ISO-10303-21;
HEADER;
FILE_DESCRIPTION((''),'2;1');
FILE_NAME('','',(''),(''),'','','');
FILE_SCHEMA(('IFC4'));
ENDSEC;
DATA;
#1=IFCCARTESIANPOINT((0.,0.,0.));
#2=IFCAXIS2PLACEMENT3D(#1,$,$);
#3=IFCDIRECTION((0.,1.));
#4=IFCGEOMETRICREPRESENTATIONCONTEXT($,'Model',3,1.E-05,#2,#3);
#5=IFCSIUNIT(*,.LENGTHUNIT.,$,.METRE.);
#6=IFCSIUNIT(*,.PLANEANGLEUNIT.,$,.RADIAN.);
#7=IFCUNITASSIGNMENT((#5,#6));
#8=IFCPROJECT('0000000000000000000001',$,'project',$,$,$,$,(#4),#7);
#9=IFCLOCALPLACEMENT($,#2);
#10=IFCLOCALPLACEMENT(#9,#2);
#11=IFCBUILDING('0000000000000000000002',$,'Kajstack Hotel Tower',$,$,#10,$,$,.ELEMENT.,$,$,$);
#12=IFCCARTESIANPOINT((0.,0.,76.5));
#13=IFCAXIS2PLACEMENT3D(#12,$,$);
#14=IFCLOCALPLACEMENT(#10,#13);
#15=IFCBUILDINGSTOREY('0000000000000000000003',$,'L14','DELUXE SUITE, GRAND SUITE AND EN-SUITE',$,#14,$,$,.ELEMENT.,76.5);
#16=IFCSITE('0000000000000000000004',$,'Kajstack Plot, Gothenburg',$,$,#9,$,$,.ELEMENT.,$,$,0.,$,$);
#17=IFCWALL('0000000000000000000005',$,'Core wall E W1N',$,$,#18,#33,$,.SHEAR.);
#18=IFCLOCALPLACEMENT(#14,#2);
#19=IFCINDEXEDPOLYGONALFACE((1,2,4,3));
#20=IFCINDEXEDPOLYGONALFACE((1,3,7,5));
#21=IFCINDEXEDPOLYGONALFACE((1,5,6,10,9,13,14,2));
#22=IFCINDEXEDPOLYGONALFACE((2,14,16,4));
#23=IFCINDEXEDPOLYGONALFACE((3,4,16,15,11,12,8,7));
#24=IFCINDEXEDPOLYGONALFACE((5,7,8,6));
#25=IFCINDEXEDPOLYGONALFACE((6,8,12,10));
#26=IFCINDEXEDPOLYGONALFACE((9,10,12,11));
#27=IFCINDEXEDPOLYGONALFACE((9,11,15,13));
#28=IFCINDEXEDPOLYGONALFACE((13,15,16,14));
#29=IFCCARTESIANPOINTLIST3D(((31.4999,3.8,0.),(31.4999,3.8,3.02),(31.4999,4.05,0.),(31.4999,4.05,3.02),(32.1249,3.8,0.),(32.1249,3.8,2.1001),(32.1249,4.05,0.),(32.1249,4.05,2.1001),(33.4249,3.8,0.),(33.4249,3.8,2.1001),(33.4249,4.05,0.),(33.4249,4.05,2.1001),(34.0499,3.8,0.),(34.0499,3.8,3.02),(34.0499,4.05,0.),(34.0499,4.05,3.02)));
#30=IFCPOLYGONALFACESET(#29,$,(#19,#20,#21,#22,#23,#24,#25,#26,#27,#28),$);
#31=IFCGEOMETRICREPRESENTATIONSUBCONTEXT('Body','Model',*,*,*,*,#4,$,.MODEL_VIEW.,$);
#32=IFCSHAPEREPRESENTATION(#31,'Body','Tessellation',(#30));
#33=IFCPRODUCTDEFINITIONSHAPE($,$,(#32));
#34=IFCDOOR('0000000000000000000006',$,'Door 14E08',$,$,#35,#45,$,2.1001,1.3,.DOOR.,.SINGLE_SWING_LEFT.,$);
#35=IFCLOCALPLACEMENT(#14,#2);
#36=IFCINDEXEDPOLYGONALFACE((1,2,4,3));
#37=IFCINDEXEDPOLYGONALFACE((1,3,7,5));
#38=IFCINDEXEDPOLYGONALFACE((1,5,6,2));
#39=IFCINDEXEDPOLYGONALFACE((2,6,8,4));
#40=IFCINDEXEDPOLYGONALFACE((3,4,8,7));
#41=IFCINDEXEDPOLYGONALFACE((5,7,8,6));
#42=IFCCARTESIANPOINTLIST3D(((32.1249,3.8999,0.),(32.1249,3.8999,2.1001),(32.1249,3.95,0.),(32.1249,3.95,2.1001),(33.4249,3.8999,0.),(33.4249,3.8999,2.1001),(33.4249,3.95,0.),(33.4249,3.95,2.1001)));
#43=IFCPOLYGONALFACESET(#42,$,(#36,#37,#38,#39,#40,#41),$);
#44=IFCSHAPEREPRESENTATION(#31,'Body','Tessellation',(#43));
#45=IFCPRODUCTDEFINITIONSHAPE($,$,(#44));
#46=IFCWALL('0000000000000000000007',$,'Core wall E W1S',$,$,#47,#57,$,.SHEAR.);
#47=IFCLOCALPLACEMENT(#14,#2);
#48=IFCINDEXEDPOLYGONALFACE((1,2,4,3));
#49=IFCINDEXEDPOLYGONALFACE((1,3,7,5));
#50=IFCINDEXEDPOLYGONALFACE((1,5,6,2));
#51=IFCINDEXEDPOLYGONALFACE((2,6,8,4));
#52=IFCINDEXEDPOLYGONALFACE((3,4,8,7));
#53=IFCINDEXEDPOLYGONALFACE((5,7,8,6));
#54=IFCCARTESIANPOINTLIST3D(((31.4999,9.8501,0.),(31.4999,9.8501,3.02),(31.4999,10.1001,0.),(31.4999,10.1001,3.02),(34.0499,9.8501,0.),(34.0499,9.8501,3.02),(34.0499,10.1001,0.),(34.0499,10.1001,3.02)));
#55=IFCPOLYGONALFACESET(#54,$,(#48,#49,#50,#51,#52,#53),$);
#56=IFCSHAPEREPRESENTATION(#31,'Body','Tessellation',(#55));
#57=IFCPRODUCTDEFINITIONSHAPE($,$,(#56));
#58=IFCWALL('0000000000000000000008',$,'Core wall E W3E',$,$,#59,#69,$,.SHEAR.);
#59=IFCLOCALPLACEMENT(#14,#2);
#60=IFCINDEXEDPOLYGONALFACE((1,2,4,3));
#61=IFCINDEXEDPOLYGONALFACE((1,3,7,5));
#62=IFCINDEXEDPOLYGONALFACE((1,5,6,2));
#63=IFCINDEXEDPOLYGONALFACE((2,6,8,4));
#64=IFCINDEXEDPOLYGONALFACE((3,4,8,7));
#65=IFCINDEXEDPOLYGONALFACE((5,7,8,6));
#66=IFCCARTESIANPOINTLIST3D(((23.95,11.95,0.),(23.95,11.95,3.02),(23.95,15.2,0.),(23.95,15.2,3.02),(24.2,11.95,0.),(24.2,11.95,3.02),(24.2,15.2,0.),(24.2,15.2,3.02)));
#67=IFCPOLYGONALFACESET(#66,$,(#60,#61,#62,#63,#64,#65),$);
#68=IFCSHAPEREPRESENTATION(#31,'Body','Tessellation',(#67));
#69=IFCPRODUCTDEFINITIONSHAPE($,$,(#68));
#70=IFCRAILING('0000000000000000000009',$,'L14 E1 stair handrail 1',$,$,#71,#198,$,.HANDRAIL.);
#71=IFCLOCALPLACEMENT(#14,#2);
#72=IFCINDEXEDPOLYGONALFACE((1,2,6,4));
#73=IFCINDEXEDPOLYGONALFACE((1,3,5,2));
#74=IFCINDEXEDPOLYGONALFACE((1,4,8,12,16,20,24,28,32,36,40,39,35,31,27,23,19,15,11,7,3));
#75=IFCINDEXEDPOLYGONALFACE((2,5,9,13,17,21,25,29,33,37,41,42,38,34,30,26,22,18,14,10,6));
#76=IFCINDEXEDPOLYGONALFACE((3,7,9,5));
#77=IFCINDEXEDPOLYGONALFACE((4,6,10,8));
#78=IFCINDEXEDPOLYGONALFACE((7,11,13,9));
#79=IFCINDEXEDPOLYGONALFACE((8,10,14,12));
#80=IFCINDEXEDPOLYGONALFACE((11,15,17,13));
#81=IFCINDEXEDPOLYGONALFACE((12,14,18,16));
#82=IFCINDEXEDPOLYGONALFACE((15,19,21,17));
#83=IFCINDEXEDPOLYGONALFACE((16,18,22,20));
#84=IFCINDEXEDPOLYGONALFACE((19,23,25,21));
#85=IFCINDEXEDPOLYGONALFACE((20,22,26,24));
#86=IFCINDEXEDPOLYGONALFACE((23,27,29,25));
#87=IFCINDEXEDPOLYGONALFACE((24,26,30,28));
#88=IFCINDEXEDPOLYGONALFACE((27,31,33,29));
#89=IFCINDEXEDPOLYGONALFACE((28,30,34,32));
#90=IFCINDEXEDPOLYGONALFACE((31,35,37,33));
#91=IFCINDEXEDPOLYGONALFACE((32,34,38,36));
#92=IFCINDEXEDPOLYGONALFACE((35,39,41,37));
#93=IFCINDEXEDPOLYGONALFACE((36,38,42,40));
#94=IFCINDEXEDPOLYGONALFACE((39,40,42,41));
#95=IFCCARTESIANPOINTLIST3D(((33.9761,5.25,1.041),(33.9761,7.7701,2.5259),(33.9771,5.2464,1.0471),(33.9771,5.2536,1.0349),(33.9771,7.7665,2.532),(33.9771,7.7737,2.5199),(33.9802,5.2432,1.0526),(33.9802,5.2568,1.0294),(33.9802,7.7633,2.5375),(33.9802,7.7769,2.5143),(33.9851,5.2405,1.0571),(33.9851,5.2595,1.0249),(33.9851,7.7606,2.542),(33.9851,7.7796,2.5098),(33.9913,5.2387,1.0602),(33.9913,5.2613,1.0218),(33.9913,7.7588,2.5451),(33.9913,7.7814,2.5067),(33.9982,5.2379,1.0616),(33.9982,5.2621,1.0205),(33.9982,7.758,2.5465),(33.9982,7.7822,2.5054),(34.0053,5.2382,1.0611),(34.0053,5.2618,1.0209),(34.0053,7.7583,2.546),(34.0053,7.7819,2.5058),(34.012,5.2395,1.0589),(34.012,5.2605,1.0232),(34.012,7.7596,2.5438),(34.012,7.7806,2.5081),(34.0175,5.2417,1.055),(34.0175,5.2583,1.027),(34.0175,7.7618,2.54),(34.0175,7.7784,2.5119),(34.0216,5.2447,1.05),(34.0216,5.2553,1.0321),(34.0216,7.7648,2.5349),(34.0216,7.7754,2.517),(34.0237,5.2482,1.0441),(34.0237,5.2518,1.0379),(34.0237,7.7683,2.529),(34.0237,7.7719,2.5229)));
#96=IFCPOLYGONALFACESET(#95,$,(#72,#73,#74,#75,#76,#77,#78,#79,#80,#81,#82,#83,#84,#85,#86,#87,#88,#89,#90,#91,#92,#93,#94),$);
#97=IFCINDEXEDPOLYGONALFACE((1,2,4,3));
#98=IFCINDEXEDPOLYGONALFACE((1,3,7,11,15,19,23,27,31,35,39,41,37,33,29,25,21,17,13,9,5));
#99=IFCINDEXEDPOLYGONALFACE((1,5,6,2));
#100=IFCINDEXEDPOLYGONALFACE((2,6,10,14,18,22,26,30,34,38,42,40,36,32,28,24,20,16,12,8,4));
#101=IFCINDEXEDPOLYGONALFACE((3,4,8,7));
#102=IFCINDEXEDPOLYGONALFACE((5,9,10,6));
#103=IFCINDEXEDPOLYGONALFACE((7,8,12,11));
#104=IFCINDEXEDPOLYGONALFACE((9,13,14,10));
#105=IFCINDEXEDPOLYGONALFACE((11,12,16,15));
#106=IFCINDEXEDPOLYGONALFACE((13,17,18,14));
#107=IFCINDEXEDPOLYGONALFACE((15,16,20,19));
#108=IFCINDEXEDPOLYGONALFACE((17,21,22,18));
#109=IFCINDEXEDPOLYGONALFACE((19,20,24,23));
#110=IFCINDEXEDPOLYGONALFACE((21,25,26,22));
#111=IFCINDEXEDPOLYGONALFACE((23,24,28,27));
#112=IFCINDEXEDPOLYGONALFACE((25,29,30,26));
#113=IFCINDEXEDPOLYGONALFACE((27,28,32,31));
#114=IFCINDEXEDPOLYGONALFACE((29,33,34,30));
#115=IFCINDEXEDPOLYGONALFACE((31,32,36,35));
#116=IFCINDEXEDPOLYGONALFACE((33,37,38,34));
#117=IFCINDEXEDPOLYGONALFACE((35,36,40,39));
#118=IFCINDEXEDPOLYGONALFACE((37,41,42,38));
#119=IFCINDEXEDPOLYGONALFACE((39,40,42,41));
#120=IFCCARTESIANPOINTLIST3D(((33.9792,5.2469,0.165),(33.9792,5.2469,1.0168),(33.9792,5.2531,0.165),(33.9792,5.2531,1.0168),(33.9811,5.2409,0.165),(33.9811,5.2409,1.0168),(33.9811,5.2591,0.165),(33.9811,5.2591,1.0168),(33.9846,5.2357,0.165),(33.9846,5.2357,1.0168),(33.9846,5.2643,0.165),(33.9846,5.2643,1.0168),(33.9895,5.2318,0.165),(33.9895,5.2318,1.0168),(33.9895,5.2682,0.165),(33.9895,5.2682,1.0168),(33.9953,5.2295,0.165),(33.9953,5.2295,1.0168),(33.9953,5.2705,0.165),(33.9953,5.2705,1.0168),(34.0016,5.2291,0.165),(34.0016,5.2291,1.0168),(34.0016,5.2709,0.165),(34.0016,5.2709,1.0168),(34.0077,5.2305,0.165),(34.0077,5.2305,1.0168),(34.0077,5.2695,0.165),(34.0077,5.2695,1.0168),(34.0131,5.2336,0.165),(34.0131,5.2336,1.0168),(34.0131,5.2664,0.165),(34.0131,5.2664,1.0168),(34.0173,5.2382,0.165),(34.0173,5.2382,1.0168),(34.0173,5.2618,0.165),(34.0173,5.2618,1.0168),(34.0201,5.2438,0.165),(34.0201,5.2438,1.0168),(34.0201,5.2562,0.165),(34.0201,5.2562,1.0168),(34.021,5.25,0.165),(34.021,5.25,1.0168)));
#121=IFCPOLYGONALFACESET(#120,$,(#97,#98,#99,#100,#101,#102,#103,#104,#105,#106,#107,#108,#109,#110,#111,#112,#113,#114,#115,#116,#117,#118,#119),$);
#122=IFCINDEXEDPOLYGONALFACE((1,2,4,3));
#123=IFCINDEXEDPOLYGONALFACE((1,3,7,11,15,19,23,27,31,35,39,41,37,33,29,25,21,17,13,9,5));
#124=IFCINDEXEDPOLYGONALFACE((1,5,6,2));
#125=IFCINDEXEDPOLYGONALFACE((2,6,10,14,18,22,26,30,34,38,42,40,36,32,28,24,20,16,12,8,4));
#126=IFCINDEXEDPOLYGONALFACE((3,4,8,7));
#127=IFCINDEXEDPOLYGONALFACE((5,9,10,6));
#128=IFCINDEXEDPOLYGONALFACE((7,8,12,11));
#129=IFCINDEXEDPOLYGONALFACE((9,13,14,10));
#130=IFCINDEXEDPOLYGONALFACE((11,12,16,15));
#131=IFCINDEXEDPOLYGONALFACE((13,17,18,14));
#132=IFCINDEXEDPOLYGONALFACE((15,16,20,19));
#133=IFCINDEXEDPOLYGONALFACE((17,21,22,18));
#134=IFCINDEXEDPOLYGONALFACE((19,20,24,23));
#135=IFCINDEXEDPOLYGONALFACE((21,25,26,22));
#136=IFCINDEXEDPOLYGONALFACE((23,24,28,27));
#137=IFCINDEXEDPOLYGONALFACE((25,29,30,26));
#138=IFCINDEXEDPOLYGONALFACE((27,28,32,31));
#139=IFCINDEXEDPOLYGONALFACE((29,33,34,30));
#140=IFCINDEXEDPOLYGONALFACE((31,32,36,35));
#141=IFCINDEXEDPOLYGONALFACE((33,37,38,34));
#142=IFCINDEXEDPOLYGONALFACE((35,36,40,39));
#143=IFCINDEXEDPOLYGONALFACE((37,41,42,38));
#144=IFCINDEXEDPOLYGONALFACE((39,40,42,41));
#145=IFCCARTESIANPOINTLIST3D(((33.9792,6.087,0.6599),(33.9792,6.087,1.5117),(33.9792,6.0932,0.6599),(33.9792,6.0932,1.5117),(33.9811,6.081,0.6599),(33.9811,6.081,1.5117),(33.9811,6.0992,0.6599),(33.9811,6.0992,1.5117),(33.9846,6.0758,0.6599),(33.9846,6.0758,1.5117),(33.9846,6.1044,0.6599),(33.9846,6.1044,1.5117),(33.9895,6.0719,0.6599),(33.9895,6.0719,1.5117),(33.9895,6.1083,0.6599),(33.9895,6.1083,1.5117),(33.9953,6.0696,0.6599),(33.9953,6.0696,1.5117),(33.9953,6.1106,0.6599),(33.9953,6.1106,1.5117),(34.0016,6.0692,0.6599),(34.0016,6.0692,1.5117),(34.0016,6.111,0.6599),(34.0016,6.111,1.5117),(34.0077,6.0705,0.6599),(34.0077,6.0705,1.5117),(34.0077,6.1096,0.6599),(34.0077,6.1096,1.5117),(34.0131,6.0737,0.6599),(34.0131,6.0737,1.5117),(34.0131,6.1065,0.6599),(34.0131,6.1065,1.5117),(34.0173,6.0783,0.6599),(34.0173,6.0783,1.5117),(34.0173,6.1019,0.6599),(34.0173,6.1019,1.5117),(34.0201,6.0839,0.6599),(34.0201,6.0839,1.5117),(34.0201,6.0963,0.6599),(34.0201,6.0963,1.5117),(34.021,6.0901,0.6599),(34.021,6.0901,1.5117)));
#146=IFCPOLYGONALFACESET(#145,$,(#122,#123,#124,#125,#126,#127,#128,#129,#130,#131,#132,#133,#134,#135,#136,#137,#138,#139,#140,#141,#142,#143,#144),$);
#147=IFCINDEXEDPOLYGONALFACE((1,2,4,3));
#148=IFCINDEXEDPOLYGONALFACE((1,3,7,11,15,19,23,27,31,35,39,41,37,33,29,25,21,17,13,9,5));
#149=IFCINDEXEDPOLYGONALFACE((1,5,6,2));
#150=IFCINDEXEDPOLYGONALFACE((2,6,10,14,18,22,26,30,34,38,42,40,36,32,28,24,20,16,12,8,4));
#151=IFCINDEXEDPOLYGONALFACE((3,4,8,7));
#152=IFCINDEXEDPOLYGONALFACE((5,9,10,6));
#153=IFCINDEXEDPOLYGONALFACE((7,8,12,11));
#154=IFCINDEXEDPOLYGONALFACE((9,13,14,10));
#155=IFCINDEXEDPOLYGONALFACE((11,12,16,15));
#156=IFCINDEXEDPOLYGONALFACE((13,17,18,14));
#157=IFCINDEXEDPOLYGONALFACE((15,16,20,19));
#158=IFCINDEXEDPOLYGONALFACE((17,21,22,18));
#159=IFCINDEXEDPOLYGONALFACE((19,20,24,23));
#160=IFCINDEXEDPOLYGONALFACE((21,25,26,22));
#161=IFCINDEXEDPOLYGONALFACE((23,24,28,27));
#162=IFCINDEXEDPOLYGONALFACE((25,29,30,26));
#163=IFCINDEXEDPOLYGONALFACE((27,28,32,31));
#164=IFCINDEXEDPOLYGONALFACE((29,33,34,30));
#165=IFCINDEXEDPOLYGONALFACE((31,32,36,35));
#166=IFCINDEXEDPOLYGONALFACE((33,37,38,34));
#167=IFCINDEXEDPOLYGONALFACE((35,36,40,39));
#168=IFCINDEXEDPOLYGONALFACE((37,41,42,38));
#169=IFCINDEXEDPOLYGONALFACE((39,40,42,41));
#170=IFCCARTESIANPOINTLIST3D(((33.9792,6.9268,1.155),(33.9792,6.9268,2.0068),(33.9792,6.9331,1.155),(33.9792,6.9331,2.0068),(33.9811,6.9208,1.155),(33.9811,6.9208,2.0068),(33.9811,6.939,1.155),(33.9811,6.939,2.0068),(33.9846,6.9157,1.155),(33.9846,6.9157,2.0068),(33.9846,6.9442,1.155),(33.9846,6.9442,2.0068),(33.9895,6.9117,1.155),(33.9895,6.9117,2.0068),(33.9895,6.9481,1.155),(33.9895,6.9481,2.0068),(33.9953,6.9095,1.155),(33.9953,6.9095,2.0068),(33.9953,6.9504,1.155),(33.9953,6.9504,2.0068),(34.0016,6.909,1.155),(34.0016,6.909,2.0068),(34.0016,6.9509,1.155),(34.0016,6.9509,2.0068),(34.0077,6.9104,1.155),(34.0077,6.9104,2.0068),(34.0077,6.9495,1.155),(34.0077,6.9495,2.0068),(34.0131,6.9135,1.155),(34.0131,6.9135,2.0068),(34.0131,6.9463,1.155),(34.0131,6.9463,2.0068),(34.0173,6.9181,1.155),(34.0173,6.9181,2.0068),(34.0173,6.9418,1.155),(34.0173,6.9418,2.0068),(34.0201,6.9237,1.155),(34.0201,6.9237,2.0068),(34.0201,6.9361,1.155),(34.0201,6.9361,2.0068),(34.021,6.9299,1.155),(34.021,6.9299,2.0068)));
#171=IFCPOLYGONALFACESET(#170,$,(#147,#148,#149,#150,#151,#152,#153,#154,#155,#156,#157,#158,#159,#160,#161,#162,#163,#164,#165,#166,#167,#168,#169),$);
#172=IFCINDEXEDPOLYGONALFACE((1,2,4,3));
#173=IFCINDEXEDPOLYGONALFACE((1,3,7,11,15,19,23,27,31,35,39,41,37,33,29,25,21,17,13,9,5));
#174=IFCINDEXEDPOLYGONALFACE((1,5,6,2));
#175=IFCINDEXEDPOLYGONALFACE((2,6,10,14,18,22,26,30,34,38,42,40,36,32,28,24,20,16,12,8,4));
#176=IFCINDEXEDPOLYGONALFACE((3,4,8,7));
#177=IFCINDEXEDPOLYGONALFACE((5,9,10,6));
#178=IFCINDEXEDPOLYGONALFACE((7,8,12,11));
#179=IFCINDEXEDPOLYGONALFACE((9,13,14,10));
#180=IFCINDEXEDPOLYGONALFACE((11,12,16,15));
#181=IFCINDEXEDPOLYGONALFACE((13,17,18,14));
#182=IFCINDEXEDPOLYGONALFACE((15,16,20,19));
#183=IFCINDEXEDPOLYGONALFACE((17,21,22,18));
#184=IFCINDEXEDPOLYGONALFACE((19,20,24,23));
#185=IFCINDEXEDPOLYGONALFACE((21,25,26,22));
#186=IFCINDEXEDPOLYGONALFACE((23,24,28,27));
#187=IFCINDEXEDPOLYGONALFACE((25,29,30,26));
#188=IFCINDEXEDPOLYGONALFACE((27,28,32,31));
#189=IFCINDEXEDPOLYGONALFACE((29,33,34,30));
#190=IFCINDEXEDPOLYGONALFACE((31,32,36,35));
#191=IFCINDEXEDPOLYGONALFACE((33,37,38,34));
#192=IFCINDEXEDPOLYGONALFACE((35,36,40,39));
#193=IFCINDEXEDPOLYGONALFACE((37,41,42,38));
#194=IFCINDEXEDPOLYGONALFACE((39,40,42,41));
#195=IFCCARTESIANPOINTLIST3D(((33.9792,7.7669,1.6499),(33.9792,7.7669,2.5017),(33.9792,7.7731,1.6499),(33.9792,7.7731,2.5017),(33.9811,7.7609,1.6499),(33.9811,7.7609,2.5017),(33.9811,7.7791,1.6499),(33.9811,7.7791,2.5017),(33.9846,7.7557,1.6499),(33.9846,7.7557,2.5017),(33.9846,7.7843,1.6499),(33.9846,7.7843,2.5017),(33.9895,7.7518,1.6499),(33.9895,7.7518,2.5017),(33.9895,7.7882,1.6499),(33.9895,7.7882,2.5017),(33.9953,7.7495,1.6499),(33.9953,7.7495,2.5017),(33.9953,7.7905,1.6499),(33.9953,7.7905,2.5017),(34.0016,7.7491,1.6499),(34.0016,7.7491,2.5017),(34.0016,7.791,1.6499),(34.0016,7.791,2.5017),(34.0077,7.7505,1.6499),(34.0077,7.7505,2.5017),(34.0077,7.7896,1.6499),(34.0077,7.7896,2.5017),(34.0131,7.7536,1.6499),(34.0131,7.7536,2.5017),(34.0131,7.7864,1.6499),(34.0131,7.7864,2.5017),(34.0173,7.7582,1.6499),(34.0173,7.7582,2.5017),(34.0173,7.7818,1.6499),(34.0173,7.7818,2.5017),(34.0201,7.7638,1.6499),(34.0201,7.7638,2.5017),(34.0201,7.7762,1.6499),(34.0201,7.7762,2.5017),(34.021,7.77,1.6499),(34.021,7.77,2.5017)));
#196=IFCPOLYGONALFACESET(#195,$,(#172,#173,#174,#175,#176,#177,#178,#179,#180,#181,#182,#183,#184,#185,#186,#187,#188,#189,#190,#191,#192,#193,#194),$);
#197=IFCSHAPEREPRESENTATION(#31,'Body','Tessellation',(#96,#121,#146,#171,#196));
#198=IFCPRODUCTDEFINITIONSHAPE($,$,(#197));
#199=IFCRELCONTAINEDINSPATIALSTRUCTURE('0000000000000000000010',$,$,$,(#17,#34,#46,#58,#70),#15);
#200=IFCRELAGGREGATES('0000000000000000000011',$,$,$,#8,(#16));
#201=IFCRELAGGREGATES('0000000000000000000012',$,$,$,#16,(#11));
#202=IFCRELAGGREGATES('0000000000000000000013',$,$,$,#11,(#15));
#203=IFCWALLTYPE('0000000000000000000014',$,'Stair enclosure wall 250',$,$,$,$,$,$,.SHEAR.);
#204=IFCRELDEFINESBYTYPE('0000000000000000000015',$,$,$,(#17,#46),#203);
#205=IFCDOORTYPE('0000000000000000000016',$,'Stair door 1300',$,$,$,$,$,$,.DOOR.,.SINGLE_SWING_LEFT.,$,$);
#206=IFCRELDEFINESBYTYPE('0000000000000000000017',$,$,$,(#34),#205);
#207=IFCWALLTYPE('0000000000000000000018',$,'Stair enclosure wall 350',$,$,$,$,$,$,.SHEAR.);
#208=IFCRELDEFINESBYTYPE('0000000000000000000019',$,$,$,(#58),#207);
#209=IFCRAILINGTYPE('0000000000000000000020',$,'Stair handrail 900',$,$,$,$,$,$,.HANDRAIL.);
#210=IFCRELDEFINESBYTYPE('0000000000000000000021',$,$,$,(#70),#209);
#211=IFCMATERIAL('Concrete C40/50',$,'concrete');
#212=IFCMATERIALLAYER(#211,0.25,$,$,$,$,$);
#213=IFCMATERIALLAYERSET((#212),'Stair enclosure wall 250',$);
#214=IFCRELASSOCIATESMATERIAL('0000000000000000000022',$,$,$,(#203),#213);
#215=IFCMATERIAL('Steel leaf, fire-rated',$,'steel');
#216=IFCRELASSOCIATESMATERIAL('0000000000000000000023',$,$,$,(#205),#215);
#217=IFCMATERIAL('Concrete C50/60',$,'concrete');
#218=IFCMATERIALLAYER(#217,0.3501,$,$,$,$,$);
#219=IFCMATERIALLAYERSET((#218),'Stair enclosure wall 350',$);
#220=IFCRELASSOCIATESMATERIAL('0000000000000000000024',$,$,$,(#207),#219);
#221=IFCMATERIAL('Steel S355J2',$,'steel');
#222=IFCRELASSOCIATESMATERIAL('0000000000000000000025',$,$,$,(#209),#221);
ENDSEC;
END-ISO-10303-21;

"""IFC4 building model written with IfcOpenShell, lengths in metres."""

from ifc_helpers import new_model, si_unit, direction, frame, frame_2d, origin, origin_2d, place, context, subcontext, project, spatial, rectangle, circle, extrude, material, layer, layer_set, type_object, element, fill, save


model = new_model("IFC4")

# Units and contexts
model_context = context("Model", 3, precision=1e-05, world=origin(), true_north=direction((0.0, 1.0)))
body_context = subcontext(model_context, "Body", "Model", "MODEL_VIEW")
ifc_project = project(units=[si_unit("LENGTHUNIT", "METRE"), si_unit("PLANEANGLEUNIT", "RADIAN")], contexts=[model_context])

# Site, building, storey
site_placement = place(None, origin())
site = spatial("IfcSite", under=ifc_project, at=site_placement, Name="Kajstack Plot, Gothenburg", CompositionType="ELEMENT", RefElevation=0.0)
building_placement = place(site_placement, origin())
building = spatial("IfcBuilding", under=site, at=building_placement, Name="Kajstack Hotel Tower", CompositionType="ELEMENT")
storey_placement = place(building_placement, frame((0.0, 0.0, 76.5)))
storey = spatial("IfcBuildingStorey", under=building, at=storey_placement, Name="L14", Description="DELUXE SUITE, GRAND SUITE AND EN-SUITE", CompositionType="ELEMENT", Elevation=76.5)

# Shared definitions
ifc_material_1 = material(Name="Concrete C40/50", Category="concrete")
ifc_material_2 = material(Name="Concrete C50/60", Category="concrete")

# Wall, opening, door
ifc_layer_1 = layer(ifc_material_1, 0.25)
ifc_layer_set_1 = layer_set([ifc_layer_1], Name="Stair enclosure wall 250")
wall_type_1 = type_object("IfcWallType", Name="Stair enclosure wall 250", PredefinedType="SHEAR", material=ifc_layer_set_1)
wall_1_placement = place(storey_placement, frame((31.5, 3.925, 0.0), z_axis=(0.0, 0.0, 1.0), x_axis=(1.0, 0.0, 0.0)))
wall_1 = element("IfcWall", 1, at=wall_1_placement, inside=storey, type_object=wall_type_1, Name="Core wall E W1N", PredefinedType="SHEAR", context=body_context, shape_type="SweptSolid", body=[
    extrude(rectangle(XDim=2.55, YDim=0.25, at=frame_2d((1.2749, 0.0))), origin(), (0.0, 0.0, 1.0), 3.02),
])
opening_1_placement = place(wall_1_placement, frame((0.625, 0.0, 0.0)))
opening_1 = element("IfcOpeningElement", 2, at=opening_1_placement, cuts=wall_1, PredefinedType="OPENING", context=body_context, shape_type="SweptSolid", body=[
    extrude(rectangle(XDim=1.3, YDim=2.1001, at=frame_2d((0.6499, 1.05))), frame((0.0, 0.135, 0.0), z_axis=(0.0, -1.0, 0.0), x_axis=(1.0, 0.0, 0.0)), (0.0, 0.0, 1.0), 0.27),
])
ifc_material_3 = material(Name="Steel leaf, fire-rated", Category="steel")
door_type_1 = type_object("IfcDoorType", Name="Stair door 1300", OperationType="SINGLE_SWING_LEFT", PredefinedType="DOOR", material=ifc_material_3)
door_1_placement = place(opening_1_placement, origin())
door_1 = element("IfcDoor", 3, at=door_1_placement, inside=storey, type_object=door_type_1, Name="Door 14E08", OperationType="SINGLE_SWING_LEFT", OverallHeight=2.1001, OverallWidth=1.3, PredefinedType="DOOR", context=body_context, shape_type="SweptSolid", body=[
    extrude(rectangle(XDim=1.3, YDim=2.1001, at=frame_2d((0.6499, 1.05))), frame((0.0, 0.0249, 0.0), z_axis=(0.0, -1.0, 0.0), x_axis=(1.0, 0.0, 0.0)), (0.0, 0.0, 1.0), 0.05),
])
fill(opening_1, door_1)

# Walls
wall_2_placement = place(storey_placement, frame((31.5, 9.9751, 0.0), z_axis=(0.0, 0.0, 1.0), x_axis=(1.0, 0.0, 0.0)))
element("IfcWall", 4, at=wall_2_placement, inside=storey, type_object=wall_type_1, Name="Core wall E W1S", PredefinedType="SHEAR", context=body_context, shape_type="SweptSolid", body=[
    extrude(rectangle(XDim=2.55, YDim=0.25, at=frame_2d((1.2749, 0.0))), origin(), (0.0, 0.0, 1.0), 3.02),
])
ifc_layer_2 = layer(ifc_material_2, 0.3501)
ifc_layer_set_2 = layer_set([ifc_layer_2], Name="Stair enclosure wall 350")
wall_type_2 = type_object("IfcWallType", Name="Stair enclosure wall 350", PredefinedType="SHEAR", material=ifc_layer_set_2)
wall_3_placement = place(storey_placement, frame((24.075, 11.95, 0.0), z_axis=(0.0, 0.0, 1.0), x_axis=(0.0, 1.0, 0.0)))
element("IfcWall", 5, at=wall_3_placement, inside=storey, type_object=wall_type_2, Name="Core wall E W3E", PredefinedType="SHEAR", context=body_context, shape_type="SweptSolid", body=[
    extrude(rectangle(XDim=3.25, YDim=0.25, at=frame_2d((1.625, 0.0))), origin(), (0.0, 0.0, 1.0), 3.02),
])

# Railing
ifc_material_4 = material(Name="Steel S355J2", Category="steel")
railing_type_1 = type_object("IfcRailingType", Name="Stair handrail 900", PredefinedType="HANDRAIL", material=ifc_material_4)
railing_1_placement = place(storey_placement, frame((34.0, 5.25, 0.165)))
element("IfcRailing", 6, at=railing_1_placement, inside=storey, type_object=railing_type_1, Name="L14 E1 stair handrail 1", PredefinedType="HANDRAIL", context=body_context, shape_type="SweptSolid", body=[
    extrude(circle(Radius=0.0239, at=origin_2d()), frame((0.0, 0.0, 0.876), z_axis=(0.0, 0.861561, 0.507655), x_axis=(-1.0, 0.0, 0.0)), (0.0, 0.0, 1.0), 2.925),
    extrude(circle(Radius=0.021, at=origin_2d()), origin(), (0.0, 0.0, 1.0), 0.8518),
    extrude(circle(Radius=0.021, at=origin_2d()), frame((0.0, 0.8401, 0.4949)), (0.0, 0.0, 1.0), 0.8518),
    extrude(circle(Radius=0.021, at=origin_2d()), frame((0.0, 1.6799, 0.99)), (0.0, 0.0, 1.0), 0.8518),
    extrude(circle(Radius=0.021, at=origin_2d()), frame((0.0, 2.52, 1.4849)), (0.0, 0.0, 1.0), 0.8518),
])

save(model, "model.ifc")
